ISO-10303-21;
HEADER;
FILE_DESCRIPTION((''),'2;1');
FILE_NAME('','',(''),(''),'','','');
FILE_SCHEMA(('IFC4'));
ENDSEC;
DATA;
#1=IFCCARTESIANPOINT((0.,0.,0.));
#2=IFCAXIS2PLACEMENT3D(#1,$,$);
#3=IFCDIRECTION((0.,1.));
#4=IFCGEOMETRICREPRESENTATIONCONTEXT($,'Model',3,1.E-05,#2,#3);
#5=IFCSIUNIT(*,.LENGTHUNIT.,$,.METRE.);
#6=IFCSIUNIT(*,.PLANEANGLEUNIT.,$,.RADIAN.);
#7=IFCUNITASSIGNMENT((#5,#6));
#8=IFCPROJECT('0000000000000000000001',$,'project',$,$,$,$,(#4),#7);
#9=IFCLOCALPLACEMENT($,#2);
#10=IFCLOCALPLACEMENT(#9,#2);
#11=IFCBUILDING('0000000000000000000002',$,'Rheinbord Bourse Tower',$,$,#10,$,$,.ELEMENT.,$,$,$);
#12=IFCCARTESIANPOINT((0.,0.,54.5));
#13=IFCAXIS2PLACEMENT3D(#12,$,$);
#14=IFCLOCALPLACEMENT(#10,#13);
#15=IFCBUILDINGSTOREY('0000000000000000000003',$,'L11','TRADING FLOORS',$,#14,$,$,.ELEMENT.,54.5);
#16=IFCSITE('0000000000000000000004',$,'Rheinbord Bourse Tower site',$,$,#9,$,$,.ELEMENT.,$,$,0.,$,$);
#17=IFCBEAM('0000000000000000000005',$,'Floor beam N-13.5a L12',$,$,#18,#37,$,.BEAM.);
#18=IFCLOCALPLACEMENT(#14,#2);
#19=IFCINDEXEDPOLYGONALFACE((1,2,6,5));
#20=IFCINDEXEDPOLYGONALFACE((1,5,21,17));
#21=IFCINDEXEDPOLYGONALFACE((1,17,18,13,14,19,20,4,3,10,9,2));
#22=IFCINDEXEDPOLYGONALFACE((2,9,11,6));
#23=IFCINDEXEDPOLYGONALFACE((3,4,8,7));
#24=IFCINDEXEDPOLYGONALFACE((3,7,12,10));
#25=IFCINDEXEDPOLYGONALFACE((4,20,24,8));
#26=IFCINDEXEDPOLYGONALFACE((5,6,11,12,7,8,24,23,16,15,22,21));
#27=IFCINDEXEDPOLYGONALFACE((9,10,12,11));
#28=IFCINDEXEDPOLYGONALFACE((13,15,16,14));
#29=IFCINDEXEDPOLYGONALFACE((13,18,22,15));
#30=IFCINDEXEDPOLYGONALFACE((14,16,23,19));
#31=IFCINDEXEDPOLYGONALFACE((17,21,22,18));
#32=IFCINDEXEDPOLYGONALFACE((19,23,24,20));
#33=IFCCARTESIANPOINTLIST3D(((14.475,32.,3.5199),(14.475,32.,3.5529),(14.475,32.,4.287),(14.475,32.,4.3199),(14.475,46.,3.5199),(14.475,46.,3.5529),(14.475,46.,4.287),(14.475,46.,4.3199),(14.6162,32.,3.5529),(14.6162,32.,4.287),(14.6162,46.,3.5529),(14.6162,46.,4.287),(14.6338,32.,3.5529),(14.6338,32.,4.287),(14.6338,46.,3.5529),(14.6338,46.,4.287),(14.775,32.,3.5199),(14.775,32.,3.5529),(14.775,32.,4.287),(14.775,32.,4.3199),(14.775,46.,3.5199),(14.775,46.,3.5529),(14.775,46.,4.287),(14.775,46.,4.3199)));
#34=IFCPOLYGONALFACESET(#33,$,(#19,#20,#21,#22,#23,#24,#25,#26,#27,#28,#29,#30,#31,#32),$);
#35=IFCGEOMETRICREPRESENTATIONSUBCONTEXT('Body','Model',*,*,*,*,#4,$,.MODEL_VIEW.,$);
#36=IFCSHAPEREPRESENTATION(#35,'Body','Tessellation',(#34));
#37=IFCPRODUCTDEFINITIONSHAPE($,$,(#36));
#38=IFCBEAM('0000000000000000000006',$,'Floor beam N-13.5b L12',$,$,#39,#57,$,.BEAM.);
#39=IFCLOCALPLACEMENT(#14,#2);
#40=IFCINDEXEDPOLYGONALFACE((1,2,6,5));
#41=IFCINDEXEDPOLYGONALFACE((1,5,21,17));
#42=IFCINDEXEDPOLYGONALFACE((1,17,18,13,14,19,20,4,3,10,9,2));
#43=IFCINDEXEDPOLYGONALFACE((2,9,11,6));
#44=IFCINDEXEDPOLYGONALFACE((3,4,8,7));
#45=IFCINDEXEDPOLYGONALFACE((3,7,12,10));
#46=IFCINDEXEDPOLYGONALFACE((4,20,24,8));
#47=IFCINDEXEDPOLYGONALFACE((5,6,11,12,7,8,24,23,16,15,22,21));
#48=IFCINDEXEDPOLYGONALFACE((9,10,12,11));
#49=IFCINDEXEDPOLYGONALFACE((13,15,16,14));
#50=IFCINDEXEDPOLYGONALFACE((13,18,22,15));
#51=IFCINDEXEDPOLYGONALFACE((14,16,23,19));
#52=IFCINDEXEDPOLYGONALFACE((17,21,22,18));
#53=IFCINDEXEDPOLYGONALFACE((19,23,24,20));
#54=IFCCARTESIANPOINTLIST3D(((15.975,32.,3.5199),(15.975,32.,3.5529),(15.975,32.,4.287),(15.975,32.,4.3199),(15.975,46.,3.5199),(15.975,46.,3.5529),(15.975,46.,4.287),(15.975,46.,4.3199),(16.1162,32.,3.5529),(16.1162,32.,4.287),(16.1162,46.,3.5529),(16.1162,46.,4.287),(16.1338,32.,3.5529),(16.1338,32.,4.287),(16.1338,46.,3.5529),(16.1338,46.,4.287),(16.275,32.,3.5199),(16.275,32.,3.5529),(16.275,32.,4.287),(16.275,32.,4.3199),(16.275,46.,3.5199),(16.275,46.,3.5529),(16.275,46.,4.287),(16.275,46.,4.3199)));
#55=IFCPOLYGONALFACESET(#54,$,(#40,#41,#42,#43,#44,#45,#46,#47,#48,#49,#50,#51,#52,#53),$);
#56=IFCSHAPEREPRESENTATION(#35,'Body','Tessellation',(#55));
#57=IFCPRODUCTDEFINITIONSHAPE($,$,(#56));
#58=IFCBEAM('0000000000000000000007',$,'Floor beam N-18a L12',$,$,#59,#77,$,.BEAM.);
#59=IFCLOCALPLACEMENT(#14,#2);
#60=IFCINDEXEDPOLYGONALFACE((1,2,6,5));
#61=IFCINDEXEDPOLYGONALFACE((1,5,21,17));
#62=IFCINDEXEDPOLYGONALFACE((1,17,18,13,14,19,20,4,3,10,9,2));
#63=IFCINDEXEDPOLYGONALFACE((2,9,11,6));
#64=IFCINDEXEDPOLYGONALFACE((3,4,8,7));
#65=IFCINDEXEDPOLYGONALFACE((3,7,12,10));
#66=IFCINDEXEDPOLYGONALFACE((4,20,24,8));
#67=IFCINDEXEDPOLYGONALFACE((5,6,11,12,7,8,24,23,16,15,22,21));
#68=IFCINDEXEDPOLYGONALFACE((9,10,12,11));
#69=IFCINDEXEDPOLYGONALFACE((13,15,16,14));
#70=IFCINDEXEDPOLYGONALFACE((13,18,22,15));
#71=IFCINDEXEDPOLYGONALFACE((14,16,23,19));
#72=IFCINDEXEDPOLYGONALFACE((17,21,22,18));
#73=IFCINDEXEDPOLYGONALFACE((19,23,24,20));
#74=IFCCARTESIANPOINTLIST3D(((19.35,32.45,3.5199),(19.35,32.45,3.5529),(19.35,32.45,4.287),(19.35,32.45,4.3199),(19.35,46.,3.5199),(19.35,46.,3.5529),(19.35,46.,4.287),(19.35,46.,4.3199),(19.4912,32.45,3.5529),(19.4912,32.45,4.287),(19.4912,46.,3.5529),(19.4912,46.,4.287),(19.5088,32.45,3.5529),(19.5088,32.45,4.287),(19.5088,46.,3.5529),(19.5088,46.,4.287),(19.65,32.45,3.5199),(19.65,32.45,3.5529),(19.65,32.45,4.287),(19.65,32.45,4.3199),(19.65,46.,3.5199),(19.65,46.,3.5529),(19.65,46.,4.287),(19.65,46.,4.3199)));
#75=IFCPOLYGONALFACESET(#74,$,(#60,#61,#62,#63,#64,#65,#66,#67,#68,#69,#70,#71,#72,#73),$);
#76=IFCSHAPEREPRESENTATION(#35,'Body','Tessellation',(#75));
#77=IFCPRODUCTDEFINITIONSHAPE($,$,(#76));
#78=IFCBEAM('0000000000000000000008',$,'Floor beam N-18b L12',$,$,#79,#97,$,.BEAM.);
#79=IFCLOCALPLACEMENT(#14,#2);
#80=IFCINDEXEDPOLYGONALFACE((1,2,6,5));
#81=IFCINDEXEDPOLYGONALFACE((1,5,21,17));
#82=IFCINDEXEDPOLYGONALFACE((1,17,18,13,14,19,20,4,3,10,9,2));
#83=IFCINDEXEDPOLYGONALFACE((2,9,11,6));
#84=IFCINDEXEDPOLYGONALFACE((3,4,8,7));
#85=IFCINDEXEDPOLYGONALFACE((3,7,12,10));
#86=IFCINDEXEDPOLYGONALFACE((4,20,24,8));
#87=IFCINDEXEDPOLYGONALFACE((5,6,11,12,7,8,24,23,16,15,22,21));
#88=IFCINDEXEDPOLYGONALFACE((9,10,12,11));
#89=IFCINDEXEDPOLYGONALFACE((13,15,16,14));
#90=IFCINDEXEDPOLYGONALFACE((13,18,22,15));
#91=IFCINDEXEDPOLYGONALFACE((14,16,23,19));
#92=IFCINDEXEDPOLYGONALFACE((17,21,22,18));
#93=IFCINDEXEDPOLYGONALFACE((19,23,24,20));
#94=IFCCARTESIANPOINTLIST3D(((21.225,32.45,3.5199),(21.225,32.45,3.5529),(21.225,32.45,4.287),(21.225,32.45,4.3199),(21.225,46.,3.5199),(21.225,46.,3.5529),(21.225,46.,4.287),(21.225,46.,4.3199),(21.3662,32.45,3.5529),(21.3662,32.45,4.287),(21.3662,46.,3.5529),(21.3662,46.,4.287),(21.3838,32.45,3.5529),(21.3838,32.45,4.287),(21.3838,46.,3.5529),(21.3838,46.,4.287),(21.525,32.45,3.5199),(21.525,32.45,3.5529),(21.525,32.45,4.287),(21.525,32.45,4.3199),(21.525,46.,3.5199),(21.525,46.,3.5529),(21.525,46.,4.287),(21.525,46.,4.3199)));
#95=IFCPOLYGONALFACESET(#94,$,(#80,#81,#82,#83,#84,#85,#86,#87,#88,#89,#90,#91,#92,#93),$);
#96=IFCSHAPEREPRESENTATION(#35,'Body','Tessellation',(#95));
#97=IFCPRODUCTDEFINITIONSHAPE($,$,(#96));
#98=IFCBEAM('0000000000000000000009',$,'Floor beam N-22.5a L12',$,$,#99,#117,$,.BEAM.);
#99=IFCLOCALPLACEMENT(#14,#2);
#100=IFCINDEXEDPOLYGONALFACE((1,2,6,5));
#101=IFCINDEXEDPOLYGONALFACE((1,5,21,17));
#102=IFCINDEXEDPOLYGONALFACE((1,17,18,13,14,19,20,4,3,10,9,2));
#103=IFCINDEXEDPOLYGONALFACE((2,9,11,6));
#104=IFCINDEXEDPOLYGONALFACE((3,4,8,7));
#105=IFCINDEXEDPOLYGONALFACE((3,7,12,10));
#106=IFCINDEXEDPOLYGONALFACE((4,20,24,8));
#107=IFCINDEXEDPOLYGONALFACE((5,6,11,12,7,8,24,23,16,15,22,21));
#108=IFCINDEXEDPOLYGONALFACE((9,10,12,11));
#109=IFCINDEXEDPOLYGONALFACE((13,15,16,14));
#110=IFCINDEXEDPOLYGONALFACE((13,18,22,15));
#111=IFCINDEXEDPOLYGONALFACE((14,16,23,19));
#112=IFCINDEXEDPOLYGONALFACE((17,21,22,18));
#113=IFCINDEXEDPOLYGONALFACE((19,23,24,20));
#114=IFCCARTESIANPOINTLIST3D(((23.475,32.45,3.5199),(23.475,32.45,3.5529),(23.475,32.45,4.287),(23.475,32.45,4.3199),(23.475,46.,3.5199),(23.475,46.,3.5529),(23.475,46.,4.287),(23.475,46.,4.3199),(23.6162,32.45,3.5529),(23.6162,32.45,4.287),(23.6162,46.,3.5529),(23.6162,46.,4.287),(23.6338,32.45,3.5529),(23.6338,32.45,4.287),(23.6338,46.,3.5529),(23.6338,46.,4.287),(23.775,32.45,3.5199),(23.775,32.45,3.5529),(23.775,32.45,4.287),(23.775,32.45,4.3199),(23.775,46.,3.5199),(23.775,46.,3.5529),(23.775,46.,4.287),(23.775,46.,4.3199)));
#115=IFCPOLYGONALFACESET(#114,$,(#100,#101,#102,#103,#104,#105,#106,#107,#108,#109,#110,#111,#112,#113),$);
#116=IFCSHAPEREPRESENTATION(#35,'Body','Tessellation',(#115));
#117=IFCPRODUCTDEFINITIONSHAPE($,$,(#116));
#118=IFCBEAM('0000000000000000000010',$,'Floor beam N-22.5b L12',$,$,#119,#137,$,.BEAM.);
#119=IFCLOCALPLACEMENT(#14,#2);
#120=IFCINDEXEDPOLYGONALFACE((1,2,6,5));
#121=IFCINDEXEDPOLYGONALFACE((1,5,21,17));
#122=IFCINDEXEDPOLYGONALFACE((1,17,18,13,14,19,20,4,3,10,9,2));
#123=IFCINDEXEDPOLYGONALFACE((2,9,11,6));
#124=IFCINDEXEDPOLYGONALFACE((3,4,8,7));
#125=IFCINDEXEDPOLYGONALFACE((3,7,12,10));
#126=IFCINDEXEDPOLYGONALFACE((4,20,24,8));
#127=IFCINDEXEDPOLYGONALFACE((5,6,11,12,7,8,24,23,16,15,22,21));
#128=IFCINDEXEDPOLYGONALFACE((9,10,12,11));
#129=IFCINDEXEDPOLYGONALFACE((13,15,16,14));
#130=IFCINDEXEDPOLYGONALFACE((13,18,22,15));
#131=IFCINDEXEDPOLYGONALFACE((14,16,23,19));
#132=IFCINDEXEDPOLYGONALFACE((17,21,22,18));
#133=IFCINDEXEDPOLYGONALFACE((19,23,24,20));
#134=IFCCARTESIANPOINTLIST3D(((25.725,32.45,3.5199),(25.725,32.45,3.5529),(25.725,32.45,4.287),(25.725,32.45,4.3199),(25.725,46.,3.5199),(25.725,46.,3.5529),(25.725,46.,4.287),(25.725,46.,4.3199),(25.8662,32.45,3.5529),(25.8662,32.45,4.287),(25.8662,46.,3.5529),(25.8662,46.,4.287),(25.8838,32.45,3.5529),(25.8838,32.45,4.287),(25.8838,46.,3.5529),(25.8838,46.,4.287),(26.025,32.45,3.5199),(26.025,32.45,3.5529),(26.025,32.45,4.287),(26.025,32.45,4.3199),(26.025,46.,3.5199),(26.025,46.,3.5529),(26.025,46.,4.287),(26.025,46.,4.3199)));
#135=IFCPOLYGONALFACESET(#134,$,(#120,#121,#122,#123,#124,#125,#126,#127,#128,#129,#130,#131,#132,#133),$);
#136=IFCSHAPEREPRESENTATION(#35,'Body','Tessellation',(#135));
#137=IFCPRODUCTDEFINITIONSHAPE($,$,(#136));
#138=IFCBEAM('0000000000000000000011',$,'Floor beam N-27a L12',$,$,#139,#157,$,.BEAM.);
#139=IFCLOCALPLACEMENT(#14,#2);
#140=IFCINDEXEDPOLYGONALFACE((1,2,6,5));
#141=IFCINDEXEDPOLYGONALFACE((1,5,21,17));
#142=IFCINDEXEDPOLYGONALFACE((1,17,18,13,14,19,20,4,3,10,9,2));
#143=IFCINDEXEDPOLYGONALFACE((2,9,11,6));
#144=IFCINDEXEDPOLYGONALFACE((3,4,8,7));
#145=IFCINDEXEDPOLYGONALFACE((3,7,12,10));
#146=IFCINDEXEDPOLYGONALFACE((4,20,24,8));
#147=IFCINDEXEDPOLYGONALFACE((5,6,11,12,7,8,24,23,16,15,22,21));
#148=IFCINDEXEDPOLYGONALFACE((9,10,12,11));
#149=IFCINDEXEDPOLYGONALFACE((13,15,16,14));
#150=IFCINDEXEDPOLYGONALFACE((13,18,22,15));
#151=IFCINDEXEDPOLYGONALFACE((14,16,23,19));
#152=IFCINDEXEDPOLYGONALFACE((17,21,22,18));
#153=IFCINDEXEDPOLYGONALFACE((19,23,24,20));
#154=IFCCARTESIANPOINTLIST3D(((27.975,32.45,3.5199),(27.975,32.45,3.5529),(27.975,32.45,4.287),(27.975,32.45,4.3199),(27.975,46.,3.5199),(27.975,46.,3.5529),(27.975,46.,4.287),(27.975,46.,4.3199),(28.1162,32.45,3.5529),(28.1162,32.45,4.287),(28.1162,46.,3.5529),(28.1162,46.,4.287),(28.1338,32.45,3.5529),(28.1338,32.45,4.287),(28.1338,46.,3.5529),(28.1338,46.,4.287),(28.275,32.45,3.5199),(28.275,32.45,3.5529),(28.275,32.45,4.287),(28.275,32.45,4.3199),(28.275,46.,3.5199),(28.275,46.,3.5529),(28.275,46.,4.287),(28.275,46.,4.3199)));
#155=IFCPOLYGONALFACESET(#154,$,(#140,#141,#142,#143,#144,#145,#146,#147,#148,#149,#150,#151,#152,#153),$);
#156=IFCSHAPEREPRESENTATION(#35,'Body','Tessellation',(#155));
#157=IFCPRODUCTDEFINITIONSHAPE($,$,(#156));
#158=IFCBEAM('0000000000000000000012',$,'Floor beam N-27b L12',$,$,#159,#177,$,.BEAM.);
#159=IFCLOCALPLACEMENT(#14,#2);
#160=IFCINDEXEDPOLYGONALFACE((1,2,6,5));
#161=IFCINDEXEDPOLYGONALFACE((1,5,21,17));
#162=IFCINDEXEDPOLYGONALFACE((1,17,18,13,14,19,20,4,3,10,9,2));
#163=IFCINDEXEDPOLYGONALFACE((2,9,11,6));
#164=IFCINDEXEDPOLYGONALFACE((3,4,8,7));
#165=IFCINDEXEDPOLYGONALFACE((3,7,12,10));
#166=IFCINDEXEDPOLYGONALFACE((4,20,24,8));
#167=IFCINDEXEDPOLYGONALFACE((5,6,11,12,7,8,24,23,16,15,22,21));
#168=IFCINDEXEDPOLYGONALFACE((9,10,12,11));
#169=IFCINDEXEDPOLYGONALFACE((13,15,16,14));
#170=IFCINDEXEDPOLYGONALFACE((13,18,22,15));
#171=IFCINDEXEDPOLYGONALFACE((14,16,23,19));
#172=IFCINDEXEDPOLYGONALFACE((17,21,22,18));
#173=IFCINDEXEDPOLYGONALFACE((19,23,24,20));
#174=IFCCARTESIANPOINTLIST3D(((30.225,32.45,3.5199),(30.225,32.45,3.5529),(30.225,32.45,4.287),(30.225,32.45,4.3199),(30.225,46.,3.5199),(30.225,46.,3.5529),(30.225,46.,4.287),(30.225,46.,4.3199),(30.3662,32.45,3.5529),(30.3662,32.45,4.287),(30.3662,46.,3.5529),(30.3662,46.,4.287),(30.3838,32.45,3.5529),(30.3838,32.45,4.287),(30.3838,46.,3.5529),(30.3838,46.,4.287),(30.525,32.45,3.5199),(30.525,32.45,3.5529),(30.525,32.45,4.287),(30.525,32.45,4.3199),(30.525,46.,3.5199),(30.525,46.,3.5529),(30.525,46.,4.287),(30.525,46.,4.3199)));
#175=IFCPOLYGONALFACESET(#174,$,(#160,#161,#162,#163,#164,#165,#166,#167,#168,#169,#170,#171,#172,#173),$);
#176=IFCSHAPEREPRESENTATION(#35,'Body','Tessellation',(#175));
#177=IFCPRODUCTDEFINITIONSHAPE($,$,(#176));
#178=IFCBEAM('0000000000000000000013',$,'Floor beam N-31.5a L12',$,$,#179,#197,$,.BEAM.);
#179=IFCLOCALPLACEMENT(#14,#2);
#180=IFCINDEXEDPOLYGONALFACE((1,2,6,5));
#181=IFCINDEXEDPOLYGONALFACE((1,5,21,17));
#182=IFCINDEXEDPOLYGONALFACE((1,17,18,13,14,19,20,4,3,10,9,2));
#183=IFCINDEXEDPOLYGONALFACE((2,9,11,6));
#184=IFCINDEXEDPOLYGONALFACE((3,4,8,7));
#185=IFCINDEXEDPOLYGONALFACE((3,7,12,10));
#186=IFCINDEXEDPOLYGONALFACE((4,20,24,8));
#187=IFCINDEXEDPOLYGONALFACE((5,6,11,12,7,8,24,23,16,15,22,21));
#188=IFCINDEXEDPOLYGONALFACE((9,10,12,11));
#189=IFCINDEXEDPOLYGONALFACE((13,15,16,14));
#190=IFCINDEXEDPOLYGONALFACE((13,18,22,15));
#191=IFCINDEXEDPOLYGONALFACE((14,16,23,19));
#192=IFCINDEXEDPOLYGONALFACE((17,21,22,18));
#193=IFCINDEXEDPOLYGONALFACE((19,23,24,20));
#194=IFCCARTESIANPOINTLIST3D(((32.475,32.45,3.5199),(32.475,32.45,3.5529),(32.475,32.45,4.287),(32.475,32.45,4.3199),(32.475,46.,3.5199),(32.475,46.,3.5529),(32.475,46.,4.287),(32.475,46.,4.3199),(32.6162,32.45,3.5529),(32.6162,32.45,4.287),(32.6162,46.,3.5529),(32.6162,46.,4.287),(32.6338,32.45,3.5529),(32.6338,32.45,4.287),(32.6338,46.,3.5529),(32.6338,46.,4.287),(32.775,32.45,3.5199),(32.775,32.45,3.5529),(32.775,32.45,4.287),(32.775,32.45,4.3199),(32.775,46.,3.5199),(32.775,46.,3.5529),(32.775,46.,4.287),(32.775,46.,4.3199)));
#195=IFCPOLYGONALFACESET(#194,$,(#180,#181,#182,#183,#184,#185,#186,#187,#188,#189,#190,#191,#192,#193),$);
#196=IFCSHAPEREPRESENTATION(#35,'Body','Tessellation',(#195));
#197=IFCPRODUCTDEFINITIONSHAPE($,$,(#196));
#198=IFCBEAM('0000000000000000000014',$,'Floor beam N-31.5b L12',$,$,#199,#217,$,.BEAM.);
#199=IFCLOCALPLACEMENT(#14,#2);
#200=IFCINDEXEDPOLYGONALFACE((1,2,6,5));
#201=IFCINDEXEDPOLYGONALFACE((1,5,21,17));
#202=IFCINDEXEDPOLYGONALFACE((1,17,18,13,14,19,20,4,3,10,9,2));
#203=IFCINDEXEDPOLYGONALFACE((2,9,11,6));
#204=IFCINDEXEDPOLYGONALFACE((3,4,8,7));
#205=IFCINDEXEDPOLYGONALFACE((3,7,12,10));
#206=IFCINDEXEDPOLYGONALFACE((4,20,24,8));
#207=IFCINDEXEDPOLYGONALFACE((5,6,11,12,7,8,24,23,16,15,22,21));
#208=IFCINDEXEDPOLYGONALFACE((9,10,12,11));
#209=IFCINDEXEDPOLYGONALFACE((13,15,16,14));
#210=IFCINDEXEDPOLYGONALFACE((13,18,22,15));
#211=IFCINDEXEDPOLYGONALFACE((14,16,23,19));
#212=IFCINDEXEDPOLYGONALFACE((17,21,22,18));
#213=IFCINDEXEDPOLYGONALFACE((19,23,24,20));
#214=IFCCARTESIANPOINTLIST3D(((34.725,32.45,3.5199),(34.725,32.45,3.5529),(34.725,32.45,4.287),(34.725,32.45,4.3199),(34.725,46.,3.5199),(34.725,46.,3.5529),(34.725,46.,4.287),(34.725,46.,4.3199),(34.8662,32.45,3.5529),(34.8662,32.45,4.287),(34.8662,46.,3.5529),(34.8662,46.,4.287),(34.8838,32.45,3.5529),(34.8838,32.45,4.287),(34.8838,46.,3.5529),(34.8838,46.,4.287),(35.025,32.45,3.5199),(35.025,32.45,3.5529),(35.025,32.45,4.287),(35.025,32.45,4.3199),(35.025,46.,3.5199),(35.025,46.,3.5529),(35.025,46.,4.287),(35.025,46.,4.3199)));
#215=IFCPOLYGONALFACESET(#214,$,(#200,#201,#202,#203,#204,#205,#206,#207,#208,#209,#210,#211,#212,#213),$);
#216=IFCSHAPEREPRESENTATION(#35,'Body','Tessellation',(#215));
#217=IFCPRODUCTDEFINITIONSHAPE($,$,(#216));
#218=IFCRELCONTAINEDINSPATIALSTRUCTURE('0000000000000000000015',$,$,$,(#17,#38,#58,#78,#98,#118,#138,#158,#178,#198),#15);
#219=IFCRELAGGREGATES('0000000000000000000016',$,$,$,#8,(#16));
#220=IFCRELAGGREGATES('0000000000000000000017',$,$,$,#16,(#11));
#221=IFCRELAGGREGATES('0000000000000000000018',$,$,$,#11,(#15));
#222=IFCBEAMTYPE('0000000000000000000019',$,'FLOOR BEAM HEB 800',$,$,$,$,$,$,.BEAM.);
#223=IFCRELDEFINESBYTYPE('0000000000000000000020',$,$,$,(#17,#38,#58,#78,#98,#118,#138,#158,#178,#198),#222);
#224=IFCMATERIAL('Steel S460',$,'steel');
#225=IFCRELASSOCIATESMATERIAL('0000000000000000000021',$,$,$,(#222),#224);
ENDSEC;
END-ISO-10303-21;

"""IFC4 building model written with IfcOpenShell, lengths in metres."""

from ifc_helpers import new_model, si_unit, direction, frame, origin, origin_2d, place, context, subcontext, project, spatial, i_section, extrude, material, material_profile, profile_set, type_object, element, save


model = new_model("IFC4")

# Units and contexts
model_context = context("Model", 3, precision=1e-05, world=origin(), true_north=direction((0.0, 1.0)))
body_context = subcontext(model_context, "Body", "Model", "MODEL_VIEW")
ifc_project = project(units=[si_unit("LENGTHUNIT", "METRE"), si_unit("PLANEANGLEUNIT", "RADIAN")], contexts=[model_context])

# Site, building, storey
site_placement = place(None, origin())
site = spatial("IfcSite", under=ifc_project, at=site_placement, Name="Rheinbord Bourse Tower site", CompositionType="ELEMENT", RefElevation=0.0)
building_placement = place(site_placement, origin())
building = spatial("IfcBuilding", under=site, at=building_placement, Name="Rheinbord Bourse Tower", CompositionType="ELEMENT")
storey_placement = place(building_placement, frame((0.0, 0.0, 54.5)))
storey = spatial("IfcBuildingStorey", under=building, at=storey_placement, Name="L11", Description="TRADING FLOORS", CompositionType="ELEMENT", Elevation=54.5)

# Beams
ifc_material_1 = material(Name="Steel S460", Category="steel")
ifc_material_profile_1 = material_profile(ifc_material_1, i_section(OverallWidth=0.3, OverallDepth=0.8, WebThickness=0.0176, FlangeThickness=0.033, at=origin_2d()), Name="HEB 800")
ifc_profile_set_1 = profile_set([ifc_material_profile_1], Name="Steel S460")
beam_type_1 = type_object("IfcBeamType", Name="FLOOR BEAM HEB 800", PredefinedType="BEAM", material=ifc_profile_set_1)
for number, where, z_axis, x_axis, name in (
    (1, (14.625, 46.0, 3.9199), (0.0, -1.0, 0.0), (1.0, 0.0, 0.0), "Floor beam N-13.5a L12"),
    (2, (16.125, 46.0, 3.9199), (0.0, -1.0, 0.0), (1.0, 0.0, 0.0), "Floor beam N-13.5b L12"),
):
    element("IfcBeam", number, at=place(storey_placement, frame(where, z_axis=z_axis, x_axis=x_axis)), inside=storey, type_object=beam_type_1, Name=name, PredefinedType="BEAM", context=body_context, shape_type="SweptSolid", body=[
        extrude(i_section(OverallWidth=0.3, OverallDepth=0.8, WebThickness=0.0176, FlangeThickness=0.033, at=origin_2d()), origin(), (0.0, 0.0, 1.0), 14.0),
    ])
for number, where, z_axis, x_axis, name in (
    (3, (19.5, 46.0, 3.9199), (0.0, -1.0, 0.0), (1.0, 0.0, 0.0), "Floor beam N-18a L12"),
    (4, (21.375, 46.0, 3.9199), (0.0, -1.0, 0.0), (1.0, 0.0, 0.0), "Floor beam N-18b L12"),
    (5, (23.625, 46.0, 3.9199), (0.0, -1.0, 0.0), (1.0, 0.0, 0.0), "Floor beam N-22.5a L12"),
    (6, (25.875, 46.0, 3.9199), (0.0, -1.0, 0.0), (1.0, 0.0, 0.0), "Floor beam N-22.5b L12"),
    (7, (28.125, 46.0, 3.9199), (0.0, -1.0, 0.0), (1.0, 0.0, 0.0), "Floor beam N-27a L12"),
    (8, (30.375, 46.0, 3.9199), (0.0, -1.0, 0.0), (1.0, 0.0, 0.0), "Floor beam N-27b L12"),
    (9, (32.625, 46.0, 3.9199), (0.0, -1.0, 0.0), (1.0, 0.0, 0.0), "Floor beam N-31.5a L12"),
    (10, (34.875, 46.0, 3.9199), (0.0, -1.0, 0.0), (1.0, 0.0, 0.0), "Floor beam N-31.5b L12"),
):
    element("IfcBeam", number, at=place(storey_placement, frame(where, z_axis=z_axis, x_axis=x_axis)), inside=storey, type_object=beam_type_1, Name=name, PredefinedType="BEAM", context=body_context, shape_type="SweptSolid", body=[
        extrude(i_section(OverallWidth=0.3, OverallDepth=0.8, WebThickness=0.0176, FlangeThickness=0.033, at=origin_2d()), origin(), (0.0, 0.0, 1.0), 13.55),
    ])

save(model, "model.ifc")
